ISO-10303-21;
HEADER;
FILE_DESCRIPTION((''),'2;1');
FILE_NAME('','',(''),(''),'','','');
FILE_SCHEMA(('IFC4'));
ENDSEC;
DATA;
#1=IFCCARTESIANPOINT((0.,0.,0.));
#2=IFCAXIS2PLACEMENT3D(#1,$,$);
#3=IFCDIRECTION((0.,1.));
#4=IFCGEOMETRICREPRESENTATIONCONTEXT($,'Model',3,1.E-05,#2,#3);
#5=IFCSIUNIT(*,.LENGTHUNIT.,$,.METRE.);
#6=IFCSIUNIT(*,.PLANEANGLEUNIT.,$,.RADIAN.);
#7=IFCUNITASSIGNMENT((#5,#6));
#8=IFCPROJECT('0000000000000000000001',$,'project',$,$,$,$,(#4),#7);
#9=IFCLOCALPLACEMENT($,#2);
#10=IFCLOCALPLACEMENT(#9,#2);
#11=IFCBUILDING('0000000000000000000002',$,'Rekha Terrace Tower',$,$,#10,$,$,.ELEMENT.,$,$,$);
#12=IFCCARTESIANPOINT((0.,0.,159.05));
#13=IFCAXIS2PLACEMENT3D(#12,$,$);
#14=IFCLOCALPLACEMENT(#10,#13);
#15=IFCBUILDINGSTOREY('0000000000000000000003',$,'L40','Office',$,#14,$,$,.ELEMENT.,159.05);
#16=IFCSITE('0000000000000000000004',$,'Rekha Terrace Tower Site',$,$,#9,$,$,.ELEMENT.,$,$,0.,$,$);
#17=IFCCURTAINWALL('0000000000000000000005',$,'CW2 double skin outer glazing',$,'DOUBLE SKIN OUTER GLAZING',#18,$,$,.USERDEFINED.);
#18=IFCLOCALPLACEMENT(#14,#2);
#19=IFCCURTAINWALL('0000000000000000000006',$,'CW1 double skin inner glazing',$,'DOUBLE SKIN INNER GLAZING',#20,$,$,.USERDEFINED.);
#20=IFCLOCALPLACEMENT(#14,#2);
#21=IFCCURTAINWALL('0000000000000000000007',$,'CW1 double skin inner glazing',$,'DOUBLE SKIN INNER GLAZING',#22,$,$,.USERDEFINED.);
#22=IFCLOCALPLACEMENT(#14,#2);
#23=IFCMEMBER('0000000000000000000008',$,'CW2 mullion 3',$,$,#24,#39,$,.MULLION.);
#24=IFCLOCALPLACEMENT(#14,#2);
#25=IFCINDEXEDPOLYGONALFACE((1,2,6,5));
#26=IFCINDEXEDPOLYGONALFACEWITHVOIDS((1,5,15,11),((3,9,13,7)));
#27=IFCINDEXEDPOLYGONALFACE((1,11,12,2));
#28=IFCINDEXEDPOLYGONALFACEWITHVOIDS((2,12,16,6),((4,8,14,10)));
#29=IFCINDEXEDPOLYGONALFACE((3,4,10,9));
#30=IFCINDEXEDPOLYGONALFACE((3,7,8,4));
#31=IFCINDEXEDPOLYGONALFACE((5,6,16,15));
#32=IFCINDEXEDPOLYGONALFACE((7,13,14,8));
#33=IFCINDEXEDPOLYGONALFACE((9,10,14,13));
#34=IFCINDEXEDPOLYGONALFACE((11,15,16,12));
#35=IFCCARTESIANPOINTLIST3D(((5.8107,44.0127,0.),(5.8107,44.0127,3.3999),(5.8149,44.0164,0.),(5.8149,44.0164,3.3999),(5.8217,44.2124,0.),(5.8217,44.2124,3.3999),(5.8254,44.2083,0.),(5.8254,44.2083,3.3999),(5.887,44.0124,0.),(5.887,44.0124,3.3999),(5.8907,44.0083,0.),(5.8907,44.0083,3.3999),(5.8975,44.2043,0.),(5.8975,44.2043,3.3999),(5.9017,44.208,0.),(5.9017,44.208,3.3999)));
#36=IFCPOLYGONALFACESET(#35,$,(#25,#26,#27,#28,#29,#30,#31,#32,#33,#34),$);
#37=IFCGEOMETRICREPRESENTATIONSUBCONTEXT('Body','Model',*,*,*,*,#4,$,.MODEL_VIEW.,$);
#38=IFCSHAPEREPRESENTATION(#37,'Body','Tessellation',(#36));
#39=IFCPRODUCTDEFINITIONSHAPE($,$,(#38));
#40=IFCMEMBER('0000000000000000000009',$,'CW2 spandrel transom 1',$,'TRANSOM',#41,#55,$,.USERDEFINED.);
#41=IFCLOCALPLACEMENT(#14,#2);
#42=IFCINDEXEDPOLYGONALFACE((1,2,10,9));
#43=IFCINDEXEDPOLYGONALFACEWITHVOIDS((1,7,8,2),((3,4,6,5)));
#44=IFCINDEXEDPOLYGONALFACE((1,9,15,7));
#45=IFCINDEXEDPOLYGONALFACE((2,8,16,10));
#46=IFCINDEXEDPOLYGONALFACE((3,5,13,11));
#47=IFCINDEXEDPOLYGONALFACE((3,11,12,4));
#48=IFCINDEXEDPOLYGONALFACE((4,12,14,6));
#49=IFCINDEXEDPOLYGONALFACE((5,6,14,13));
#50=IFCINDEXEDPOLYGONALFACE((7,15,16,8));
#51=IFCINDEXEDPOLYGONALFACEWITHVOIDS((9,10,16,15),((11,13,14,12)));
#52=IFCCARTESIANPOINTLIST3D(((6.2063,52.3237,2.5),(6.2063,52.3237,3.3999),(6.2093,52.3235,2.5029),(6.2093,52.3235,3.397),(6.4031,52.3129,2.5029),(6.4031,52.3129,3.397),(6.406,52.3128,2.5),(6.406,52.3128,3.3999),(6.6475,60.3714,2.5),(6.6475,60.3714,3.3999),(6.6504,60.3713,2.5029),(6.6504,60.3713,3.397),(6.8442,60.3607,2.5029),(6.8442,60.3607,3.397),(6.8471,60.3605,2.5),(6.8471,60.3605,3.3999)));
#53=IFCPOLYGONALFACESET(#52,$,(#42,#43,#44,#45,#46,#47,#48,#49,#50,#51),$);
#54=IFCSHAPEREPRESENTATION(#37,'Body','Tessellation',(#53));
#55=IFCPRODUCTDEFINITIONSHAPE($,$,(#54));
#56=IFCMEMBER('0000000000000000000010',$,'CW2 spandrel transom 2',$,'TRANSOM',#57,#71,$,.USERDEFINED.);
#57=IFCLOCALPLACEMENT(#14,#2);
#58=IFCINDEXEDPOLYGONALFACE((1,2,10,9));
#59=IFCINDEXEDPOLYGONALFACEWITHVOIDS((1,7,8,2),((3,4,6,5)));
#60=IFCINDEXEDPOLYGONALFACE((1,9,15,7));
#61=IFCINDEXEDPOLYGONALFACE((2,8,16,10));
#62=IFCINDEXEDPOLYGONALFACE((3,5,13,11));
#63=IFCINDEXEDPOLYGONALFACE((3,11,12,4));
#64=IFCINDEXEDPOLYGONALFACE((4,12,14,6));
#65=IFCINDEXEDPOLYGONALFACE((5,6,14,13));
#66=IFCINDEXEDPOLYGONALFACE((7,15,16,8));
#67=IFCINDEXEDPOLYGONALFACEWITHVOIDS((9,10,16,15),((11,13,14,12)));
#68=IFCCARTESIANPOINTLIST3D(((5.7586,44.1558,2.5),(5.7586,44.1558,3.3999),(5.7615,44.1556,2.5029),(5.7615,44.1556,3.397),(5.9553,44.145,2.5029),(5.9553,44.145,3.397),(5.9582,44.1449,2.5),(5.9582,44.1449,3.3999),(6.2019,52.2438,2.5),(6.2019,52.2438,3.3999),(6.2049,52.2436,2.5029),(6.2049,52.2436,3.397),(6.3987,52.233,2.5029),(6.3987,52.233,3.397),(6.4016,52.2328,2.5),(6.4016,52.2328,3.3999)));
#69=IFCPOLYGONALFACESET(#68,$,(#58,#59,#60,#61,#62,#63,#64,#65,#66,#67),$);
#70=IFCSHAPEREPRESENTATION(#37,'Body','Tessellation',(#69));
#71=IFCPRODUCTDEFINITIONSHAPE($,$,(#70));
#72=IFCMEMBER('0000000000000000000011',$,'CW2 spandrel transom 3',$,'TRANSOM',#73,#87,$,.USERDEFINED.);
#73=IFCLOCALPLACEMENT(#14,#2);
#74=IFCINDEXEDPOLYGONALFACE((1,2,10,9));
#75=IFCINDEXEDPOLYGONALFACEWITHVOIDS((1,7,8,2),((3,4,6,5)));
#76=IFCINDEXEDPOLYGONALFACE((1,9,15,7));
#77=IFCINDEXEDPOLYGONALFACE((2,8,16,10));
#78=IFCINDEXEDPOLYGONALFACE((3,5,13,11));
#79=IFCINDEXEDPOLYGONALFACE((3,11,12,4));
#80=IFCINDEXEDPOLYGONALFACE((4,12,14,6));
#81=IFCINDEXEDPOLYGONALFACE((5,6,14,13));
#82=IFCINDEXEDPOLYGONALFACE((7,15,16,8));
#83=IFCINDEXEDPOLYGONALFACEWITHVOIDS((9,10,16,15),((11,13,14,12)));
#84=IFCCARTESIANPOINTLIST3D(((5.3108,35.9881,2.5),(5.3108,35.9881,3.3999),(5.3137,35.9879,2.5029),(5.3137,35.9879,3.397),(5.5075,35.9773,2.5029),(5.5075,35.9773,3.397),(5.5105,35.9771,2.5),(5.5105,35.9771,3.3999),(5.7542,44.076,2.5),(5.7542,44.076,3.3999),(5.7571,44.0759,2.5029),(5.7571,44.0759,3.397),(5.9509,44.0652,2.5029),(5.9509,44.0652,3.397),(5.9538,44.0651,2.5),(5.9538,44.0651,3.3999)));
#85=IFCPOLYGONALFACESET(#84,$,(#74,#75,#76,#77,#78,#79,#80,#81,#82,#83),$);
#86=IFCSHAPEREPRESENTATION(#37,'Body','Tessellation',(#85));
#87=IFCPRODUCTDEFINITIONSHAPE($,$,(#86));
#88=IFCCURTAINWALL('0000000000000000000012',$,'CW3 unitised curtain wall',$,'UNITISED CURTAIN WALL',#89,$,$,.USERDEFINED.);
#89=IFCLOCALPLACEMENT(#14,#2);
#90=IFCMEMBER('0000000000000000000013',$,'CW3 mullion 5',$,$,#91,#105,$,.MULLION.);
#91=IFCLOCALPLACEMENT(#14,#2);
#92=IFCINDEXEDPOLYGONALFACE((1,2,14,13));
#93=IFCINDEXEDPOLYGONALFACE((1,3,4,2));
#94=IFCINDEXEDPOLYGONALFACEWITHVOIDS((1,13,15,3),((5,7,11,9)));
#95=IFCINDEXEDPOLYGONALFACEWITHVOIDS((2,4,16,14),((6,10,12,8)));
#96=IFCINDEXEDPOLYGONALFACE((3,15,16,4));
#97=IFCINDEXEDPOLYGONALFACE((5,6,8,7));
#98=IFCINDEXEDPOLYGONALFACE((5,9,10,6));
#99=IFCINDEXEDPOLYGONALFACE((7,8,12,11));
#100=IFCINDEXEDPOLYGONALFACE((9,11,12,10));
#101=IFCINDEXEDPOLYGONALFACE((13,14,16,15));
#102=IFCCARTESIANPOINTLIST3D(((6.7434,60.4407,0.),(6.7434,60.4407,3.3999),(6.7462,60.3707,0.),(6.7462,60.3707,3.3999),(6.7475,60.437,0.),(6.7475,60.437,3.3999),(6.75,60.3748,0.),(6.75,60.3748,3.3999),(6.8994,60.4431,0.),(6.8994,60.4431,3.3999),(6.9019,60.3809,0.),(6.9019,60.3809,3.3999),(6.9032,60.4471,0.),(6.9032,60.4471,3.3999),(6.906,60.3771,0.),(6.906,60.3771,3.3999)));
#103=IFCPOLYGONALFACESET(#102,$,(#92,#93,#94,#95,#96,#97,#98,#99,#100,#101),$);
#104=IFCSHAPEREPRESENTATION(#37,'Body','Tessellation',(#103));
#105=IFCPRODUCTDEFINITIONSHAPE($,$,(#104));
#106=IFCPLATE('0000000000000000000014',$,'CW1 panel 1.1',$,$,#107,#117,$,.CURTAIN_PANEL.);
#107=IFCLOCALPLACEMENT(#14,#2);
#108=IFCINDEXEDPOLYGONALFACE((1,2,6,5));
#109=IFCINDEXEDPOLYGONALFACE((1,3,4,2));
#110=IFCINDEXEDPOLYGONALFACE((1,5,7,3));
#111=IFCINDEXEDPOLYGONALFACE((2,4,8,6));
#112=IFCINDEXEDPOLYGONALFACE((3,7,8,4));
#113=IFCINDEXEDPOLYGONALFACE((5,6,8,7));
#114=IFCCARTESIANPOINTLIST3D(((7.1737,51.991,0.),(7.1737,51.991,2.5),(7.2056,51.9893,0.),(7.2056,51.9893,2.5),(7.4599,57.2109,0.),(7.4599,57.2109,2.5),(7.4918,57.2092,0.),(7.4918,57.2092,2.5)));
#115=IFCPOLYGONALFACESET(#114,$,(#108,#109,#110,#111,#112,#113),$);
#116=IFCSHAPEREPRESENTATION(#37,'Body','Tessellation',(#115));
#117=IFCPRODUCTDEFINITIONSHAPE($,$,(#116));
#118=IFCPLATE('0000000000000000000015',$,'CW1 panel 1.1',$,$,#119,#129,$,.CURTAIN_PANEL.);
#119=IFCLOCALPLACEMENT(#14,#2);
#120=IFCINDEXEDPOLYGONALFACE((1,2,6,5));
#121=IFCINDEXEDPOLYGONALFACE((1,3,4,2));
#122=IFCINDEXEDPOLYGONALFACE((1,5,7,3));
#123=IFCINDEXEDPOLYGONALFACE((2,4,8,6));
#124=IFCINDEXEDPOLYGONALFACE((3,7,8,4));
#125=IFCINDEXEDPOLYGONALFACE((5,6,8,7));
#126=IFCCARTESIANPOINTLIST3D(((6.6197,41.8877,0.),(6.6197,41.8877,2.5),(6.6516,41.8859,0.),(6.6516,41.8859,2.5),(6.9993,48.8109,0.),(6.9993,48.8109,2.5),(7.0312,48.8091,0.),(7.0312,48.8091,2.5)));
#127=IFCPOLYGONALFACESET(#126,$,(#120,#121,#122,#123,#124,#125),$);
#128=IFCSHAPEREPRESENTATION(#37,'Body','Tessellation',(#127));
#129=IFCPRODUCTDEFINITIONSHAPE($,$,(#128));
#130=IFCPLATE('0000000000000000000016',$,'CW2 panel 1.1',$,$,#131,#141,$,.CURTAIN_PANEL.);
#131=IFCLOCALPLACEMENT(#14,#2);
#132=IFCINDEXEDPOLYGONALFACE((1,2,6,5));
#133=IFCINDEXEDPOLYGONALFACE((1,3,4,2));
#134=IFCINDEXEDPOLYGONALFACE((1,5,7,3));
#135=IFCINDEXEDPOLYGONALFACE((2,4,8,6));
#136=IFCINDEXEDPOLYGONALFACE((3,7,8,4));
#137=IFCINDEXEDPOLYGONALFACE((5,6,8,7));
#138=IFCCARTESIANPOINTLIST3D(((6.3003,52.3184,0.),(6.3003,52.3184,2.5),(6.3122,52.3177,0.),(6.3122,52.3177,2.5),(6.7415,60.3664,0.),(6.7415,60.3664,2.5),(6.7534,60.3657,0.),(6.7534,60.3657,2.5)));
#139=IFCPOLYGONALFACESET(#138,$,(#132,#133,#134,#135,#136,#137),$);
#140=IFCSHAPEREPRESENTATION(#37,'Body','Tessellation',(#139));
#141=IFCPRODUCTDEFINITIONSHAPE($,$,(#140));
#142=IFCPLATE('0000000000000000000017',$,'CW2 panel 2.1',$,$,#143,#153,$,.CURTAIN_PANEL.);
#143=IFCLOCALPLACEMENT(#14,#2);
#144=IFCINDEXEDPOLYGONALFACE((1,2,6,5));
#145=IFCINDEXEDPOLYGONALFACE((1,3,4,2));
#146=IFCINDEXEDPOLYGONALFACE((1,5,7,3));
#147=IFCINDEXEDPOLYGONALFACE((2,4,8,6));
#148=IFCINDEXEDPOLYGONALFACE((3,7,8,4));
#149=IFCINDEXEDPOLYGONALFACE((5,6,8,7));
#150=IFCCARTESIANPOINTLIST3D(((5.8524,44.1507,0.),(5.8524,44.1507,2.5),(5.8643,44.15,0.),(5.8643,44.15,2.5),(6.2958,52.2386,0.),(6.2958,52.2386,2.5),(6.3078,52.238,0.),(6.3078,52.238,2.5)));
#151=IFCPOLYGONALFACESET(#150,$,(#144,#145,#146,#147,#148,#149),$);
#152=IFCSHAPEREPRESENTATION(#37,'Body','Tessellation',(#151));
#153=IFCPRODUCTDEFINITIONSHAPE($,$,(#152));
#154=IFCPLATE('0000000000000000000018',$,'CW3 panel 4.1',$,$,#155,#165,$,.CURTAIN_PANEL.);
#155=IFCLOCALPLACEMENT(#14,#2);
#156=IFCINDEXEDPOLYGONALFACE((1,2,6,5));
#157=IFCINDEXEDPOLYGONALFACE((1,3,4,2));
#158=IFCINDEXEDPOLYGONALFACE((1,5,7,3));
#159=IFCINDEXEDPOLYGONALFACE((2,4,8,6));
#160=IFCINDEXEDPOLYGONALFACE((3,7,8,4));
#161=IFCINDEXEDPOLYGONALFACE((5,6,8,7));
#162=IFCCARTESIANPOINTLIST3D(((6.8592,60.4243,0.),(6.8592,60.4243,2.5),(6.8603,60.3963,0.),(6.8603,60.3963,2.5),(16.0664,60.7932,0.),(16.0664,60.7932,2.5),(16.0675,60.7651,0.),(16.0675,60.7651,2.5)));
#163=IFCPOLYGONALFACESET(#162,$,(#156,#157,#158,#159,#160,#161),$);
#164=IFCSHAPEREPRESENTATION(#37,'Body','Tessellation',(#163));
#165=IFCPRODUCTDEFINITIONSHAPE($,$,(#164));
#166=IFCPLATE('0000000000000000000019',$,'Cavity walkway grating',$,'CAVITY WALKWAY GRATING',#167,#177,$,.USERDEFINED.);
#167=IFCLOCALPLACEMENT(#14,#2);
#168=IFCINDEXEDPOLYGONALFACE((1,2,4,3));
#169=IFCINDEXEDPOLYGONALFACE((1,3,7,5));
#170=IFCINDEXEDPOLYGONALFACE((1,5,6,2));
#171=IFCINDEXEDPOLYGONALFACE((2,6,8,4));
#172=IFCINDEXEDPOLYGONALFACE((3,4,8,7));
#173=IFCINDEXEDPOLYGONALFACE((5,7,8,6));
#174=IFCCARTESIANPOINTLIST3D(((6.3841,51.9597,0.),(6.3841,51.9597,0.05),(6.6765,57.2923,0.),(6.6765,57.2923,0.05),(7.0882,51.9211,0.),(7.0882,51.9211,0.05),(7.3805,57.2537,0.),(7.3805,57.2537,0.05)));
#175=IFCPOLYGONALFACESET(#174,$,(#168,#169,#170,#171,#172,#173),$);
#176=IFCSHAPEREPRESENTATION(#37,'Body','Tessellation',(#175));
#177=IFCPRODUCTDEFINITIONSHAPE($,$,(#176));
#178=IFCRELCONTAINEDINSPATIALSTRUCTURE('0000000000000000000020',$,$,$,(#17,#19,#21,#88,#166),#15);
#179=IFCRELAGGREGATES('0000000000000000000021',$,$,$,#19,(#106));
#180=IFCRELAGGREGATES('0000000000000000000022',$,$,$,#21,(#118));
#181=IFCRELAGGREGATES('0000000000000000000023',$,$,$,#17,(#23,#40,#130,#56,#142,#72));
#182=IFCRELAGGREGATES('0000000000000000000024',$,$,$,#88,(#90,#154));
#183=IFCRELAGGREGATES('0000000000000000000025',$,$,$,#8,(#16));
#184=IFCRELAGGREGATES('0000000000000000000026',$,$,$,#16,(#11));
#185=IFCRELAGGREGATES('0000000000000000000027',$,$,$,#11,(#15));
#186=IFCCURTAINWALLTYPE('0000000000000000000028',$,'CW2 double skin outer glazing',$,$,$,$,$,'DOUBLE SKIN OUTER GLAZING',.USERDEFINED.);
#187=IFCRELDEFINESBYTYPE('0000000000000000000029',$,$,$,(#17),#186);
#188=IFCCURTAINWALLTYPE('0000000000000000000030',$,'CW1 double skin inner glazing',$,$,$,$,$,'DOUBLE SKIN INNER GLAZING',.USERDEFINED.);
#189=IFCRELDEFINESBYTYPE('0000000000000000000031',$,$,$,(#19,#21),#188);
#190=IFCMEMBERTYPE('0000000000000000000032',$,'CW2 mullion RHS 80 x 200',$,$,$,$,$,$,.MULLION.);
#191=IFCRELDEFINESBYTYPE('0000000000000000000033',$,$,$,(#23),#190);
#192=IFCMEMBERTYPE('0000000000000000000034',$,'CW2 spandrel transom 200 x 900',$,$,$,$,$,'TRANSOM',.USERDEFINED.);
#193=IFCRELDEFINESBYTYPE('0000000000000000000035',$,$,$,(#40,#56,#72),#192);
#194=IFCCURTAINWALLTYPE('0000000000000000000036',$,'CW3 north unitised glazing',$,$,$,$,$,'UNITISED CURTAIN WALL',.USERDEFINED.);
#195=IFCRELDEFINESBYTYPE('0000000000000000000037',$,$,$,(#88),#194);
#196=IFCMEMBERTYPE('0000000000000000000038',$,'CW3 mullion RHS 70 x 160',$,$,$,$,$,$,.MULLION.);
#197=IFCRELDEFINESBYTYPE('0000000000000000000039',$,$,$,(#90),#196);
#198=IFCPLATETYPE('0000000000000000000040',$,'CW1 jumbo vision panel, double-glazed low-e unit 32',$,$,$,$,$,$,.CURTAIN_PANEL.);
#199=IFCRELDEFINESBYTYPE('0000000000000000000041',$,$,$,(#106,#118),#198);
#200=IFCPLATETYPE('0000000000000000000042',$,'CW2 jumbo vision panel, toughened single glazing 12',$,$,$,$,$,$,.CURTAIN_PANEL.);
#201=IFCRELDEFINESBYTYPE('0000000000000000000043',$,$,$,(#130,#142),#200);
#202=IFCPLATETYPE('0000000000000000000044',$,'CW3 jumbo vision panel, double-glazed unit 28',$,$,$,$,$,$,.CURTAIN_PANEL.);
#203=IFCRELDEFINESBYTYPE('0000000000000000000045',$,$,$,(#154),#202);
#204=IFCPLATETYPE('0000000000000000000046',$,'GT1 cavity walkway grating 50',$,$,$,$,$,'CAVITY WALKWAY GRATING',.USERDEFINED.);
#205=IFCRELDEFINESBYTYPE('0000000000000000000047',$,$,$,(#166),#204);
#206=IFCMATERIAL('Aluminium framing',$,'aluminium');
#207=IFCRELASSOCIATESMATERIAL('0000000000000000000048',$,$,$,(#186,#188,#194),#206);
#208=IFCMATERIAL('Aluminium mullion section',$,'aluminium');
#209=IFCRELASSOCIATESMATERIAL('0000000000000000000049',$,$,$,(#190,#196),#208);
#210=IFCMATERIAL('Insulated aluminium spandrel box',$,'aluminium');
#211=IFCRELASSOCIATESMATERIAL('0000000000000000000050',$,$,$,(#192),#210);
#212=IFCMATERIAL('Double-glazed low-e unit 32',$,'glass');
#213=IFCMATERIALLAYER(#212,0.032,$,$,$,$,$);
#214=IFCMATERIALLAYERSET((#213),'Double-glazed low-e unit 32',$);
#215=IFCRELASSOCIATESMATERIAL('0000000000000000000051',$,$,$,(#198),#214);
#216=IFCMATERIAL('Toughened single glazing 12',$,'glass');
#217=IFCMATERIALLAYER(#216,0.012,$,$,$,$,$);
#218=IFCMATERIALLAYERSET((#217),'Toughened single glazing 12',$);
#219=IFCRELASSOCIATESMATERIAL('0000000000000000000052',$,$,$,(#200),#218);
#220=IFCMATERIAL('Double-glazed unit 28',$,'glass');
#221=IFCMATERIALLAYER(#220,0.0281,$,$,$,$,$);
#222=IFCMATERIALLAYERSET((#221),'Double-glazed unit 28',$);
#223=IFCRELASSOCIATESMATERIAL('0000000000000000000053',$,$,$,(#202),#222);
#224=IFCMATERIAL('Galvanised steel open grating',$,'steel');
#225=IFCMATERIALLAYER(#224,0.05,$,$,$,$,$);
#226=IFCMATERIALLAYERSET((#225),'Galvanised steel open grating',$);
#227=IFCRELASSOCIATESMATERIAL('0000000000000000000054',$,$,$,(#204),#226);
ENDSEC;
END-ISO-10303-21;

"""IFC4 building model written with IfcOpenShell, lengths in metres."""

from ifc_helpers import new_model, si_unit, direction, frame, origin, origin_2d, place, context, subcontext, project, spatial, rectangle, hollow_rectangle, extrude, material, layer, layer_set, material_profile, profile_set, type_object, element, aggregate, save


model = new_model("IFC4")

# Units and contexts
model_context = context("Model", 3, precision=1e-05, world=origin(), true_north=direction((0.0, 1.0)))
body_context = subcontext(model_context, "Body", "Model", "MODEL_VIEW")
ifc_project = project(units=[si_unit("LENGTHUNIT", "METRE"), si_unit("PLANEANGLEUNIT", "RADIAN")], contexts=[model_context])

# Site, building, storey
site_placement = place(None, origin())
site = spatial("IfcSite", under=ifc_project, at=site_placement, Name="Rekha Terrace Tower Site", CompositionType="ELEMENT", RefElevation=0.0)
building_placement = place(site_placement, origin())
building = spatial("IfcBuilding", under=site, at=building_placement, Name="Rekha Terrace Tower", CompositionType="ELEMENT")
storey_placement = place(building_placement, frame((0.0, 0.0, 159.05)))
storey = spatial("IfcBuildingStorey", under=building, at=storey_placement, Name="L40", Description="Office", CompositionType="ELEMENT", Elevation=159.05)

# Curtain walls
ifc_material_1 = material(Name="Aluminium framing", Category="aluminium")
curtain_wall_type_1 = type_object("IfcCurtainWallType", Name="CW2 double skin outer glazing", ElementType="DOUBLE SKIN OUTER GLAZING", PredefinedType="USERDEFINED", material=ifc_material_1)
curtain_wall_1_placement = place(storey_placement, origin())
curtain_wall_1 = element("IfcCurtainWall", 1, at=curtain_wall_1_placement, inside=storey, type_object=curtain_wall_type_1, Name="CW2 double skin outer glazing", ObjectType="DOUBLE SKIN OUTER GLAZING", PredefinedType="USERDEFINED")
curtain_wall_type_2 = type_object("IfcCurtainWallType", Name="CW1 double skin inner glazing", ElementType="DOUBLE SKIN INNER GLAZING", PredefinedType="USERDEFINED", material=ifc_material_1)
curtain_wall_2_placement = place(storey_placement, origin())
curtain_wall_2 = element("IfcCurtainWall", 2, at=curtain_wall_2_placement, inside=storey, type_object=curtain_wall_type_2, Name="CW1 double skin inner glazing", ObjectType="DOUBLE SKIN INNER GLAZING", PredefinedType="USERDEFINED")
ifc_material_2 = material(Name="Aluminium mullion section", Category="aluminium")

# Curtain wall
curtain_wall_3_placement = place(storey_placement, origin())
curtain_wall_3 = element("IfcCurtainWall", 3, at=curtain_wall_3_placement, inside=storey, type_object=curtain_wall_type_2, Name="CW1 double skin inner glazing", ObjectType="DOUBLE SKIN INNER GLAZING", PredefinedType="USERDEFINED")

# Members
ifc_material_3 = material(Name="Insulated aluminium spandrel box", Category="aluminium")
ifc_material_profile_1 = material_profile(ifc_material_2, hollow_rectangle(XDim=0.0801, YDim=0.2, WallThickness=0.0039, at=origin_2d()), Name="AL RHS 80x200")
ifc_profile_set_1 = profile_set([ifc_material_profile_1], Name="Aluminium mullion section")
member_type_1 = type_object("IfcMemberType", Name="CW2 mullion RHS 80 x 200", PredefinedType="MULLION", material=ifc_profile_set_1)
member_1_placement = place(storey_placement, frame((5.8562, 44.1104, 0.0), z_axis=(0.0, 0.0, 1.0), x_axis=(0.998501, -0.054742, 0.0)))
member_1 = element("IfcMember", 4, at=member_1_placement, type_object=member_type_1, Name="CW2 mullion 3", PredefinedType="MULLION", context=body_context, shape_type="SweptSolid", body=[
    extrude(hollow_rectangle(XDim=0.0801, YDim=0.2, WallThickness=0.0039, at=origin_2d()), origin(), (0.0, 0.0, 1.0), 3.3999),
])
ifc_material_profile_2 = material_profile(ifc_material_3, hollow_rectangle(XDim=0.2, YDim=0.8999, WallThickness=0.0029, at=origin_2d()), Name="AL SPANDREL BOX 200x900")
ifc_profile_set_2 = profile_set([ifc_material_profile_2], Name="Insulated aluminium spandrel box")
member_type_2 = type_object("IfcMemberType", Name="CW2 spandrel transom 200 x 900", ElementType="TRANSOM", PredefinedType="USERDEFINED", material=ifc_profile_set_2)
member_2_placement = place(storey_placement, frame((6.7473, 60.366, 2.95), z_axis=(-0.054735, -0.998501, 0.0), x_axis=(0.998501, -0.054735, 0.0)))
member_2 = element("IfcMember", 5, at=member_2_placement, type_object=member_type_2, Name="CW2 spandrel transom 1", ObjectType="TRANSOM", PredefinedType="USERDEFINED", context=body_context, shape_type="SweptSolid", body=[
    extrude(hollow_rectangle(XDim=0.2, YDim=0.8999, WallThickness=0.0029, at=origin_2d()), origin(), (0.0, 0.0, 1.0), 8.0598),
])
member_3_placement = place(storey_placement, frame((6.3018, 52.2383, 2.95), z_axis=(-0.054735, -0.998501, 0.0), x_axis=(0.998501, -0.054735, 0.0)))
member_3 = element("IfcMember", 6, at=member_3_placement, type_object=member_type_2, Name="CW2 spandrel transom 2", ObjectType="TRANSOM", PredefinedType="USERDEFINED", context=body_context, shape_type="SweptSolid", body=[
    extrude(hollow_rectangle(XDim=0.2, YDim=0.8999, WallThickness=0.0029, at=origin_2d()), origin(), (0.0, 0.0, 1.0), 8.1001),
])
member_4_placement = place(storey_placement, frame((5.854, 44.0706, 2.95), z_axis=(-0.054735, -0.998501, 0.0), x_axis=(0.998501, -0.054735, 0.0)))
member_4 = element("IfcMember", 7, at=member_4_placement, type_object=member_type_2, Name="CW2 spandrel transom 3", ObjectType="TRANSOM", PredefinedType="USERDEFINED", context=body_context, shape_type="SweptSolid", body=[
    extrude(hollow_rectangle(XDim=0.2, YDim=0.8999, WallThickness=0.0029, at=origin_2d()), origin(), (0.0, 0.0, 1.0), 8.1001),
])

# Curtain wall, member
curtain_wall_type_3 = type_object("IfcCurtainWallType", Name="CW3 north unitised glazing", ElementType="UNITISED CURTAIN WALL", PredefinedType="USERDEFINED", material=ifc_material_1)
curtain_wall_4_placement = place(storey_placement, origin())
curtain_wall_4 = element("IfcCurtainWall", 8, at=curtain_wall_4_placement, inside=storey, type_object=curtain_wall_type_3, Name="CW3 unitised curtain wall", ObjectType="UNITISED CURTAIN WALL", PredefinedType="USERDEFINED")
ifc_material_profile_3 = material_profile(ifc_material_2, hollow_rectangle(XDim=0.0701, YDim=0.1599, WallThickness=0.0039, at=origin_2d()), Name="AL RHS 70x160")
ifc_profile_set_3 = profile_set([ifc_material_profile_3], Name="Aluminium mullion section")
member_type_3 = type_object("IfcMemberType", Name="CW3 mullion RHS 70 x 160", PredefinedType="MULLION", material=ifc_profile_set_3)
member_5_placement = place(storey_placement, frame((6.8247, 60.4089, 0.0), z_axis=(0.0, 0.0, 1.0), x_axis=(0.040032, -0.999198, 0.0)))
member_5 = element("IfcMember", 9, at=member_5_placement, type_object=member_type_3, Name="CW3 mullion 5", PredefinedType="MULLION", context=body_context, shape_type="SweptSolid", body=[
    extrude(hollow_rectangle(XDim=0.0701, YDim=0.1599, WallThickness=0.0039, at=origin_2d()), origin(), (0.0, 0.0, 1.0), 3.3999),
])

# Plates
ifc_material_4 = material(Name="Double-glazed low-e unit 32", Category="glass")
ifc_layer_1 = layer(ifc_material_4, 0.032)
ifc_layer_set_1 = layer_set([ifc_layer_1], Name="Double-glazed low-e unit 32")
plate_type_1 = type_object("IfcPlateType", Name="CW1 jumbo vision panel, double-glazed low-e unit 32", PredefinedType="CURTAIN_PANEL", material=ifc_layer_set_1)
plate_1_placement = place(storey_placement, frame((7.3328, 54.6001, 0.0), z_axis=(0.0, 0.0, 1.0), x_axis=(-0.054742, -0.998501, 0.0)))
plate_1 = element("IfcPlate", 10, at=plate_1_placement, type_object=plate_type_1, Name="CW1 panel 1.1", PredefinedType="CURTAIN_PANEL", context=body_context, shape_type="SweptSolid", body=[
    extrude(rectangle(XDim=5.2278, YDim=0.032, at=origin_2d()), origin(), (0.0, 0.0, 1.0), 2.5),
])
aggregate(curtain_wall_2, [plate_1])
plate_2_placement = place(storey_placement, frame((6.8254, 45.3484, 0.0), z_axis=(0.0, 0.0, 1.0), x_axis=(-0.054742, -0.998501, 0.0)))
plate_2 = element("IfcPlate", 11, at=plate_2_placement, type_object=plate_type_1, Name="CW1 panel 1.1", PredefinedType="CURTAIN_PANEL", context=body_context, shape_type="SweptSolid", body=[
    extrude(rectangle(XDim=6.9336, YDim=0.032, at=origin_2d()), origin(), (0.0, 0.0, 1.0), 2.5),
])
aggregate(curtain_wall_3, [plate_2])
ifc_material_5 = material(Name="Toughened single glazing 12", Category="glass")
ifc_layer_2 = layer(ifc_material_5, 0.012)
ifc_layer_set_2 = layer_set([ifc_layer_2], Name="Toughened single glazing 12")
plate_type_2 = type_object("IfcPlateType", Name="CW2 jumbo vision panel, toughened single glazing 12", PredefinedType="CURTAIN_PANEL", material=ifc_layer_set_2)
plate_3_placement = place(storey_placement, frame((6.5269, 56.342, 0.0), z_axis=(0.0, 0.0, 1.0), x_axis=(-0.054742, -0.998501, 0.0)))
plate_3 = element("IfcPlate", 12, at=plate_3_placement, type_object=plate_type_2, Name="CW2 panel 1.1", PredefinedType="CURTAIN_PANEL", context=body_context, shape_type="SweptSolid", body=[
    extrude(rectangle(XDim=8.0601, YDim=0.012, at=origin_2d()), origin(), (0.0, 0.0, 1.0), 2.5),
])
plate_4_placement = place(storey_placement, frame((6.0801, 48.1943, 0.0), z_axis=(0.0, 0.0, 1.0), x_axis=(-0.054742, -0.998501, 0.0)))
plate_4 = element("IfcPlate", 13, at=plate_4_placement, type_object=plate_type_2, Name="CW2 panel 2.1", PredefinedType="CURTAIN_PANEL", context=body_context, shape_type="SweptSolid", body=[
    extrude(rectangle(XDim=8.1001, YDim=0.012, at=origin_2d()), origin(), (0.0, 0.0, 1.0), 2.5),
])
aggregate(curtain_wall_1, [member_1, member_2, plate_3, member_3, plate_4, member_4])
ifc_material_6 = material(Name="Double-glazed unit 28", Category="glass")
ifc_layer_3 = layer(ifc_material_6, 0.0281)
ifc_layer_set_3 = layer_set([ifc_layer_3], Name="Double-glazed unit 28")
plate_type_3 = type_object("IfcPlateType", Name="CW3 jumbo vision panel, double-glazed unit 28", PredefinedType="CURTAIN_PANEL", material=ifc_layer_set_3)
plate_5_placement = place(storey_placement, frame((11.4634, 60.5947, 0.0), z_axis=(0.0, 0.0, 1.0), x_axis=(-0.999198, -0.040032, 0.0)))
plate_5 = element("IfcPlate", 14, at=plate_5_placement, type_object=plate_type_3, Name="CW3 panel 4.1", PredefinedType="CURTAIN_PANEL", context=body_context, shape_type="SweptSolid", body=[
    extrude(rectangle(XDim=9.2146, YDim=0.0281, at=origin_2d()), origin(), (0.0, 0.0, 1.0), 2.5),
])
aggregate(curtain_wall_4, [member_5, plate_5])
ifc_material_7 = material(Name="Galvanised steel open grating", Category="steel")
ifc_layer_4 = layer(ifc_material_7, 0.05)
ifc_layer_set_4 = layer_set([ifc_layer_4], Name="Galvanised steel open grating")
plate_type_4 = type_object("IfcPlateType", Name="GT1 cavity walkway grating 50", ElementType="CAVITY WALKWAY GRATING", PredefinedType="USERDEFINED", material=ifc_layer_set_4)
plate_6_placement = place(storey_placement, frame((6.8823, 54.6067, 0.0), z_axis=(0.0, 0.0, 1.0), x_axis=(-0.054742, -0.998501, 0.0)))
element("IfcPlate", 15, at=plate_6_placement, inside=storey, type_object=plate_type_4, Name="Cavity walkway grating", ObjectType="CAVITY WALKWAY GRATING", PredefinedType="USERDEFINED", context=body_context, shape_type="SweptSolid", body=[
    extrude(rectangle(XDim=5.3406, YDim=0.7051, at=origin_2d()), origin(), (0.0, 0.0, 1.0), 0.05),
])

save(model, "model.ifc")
